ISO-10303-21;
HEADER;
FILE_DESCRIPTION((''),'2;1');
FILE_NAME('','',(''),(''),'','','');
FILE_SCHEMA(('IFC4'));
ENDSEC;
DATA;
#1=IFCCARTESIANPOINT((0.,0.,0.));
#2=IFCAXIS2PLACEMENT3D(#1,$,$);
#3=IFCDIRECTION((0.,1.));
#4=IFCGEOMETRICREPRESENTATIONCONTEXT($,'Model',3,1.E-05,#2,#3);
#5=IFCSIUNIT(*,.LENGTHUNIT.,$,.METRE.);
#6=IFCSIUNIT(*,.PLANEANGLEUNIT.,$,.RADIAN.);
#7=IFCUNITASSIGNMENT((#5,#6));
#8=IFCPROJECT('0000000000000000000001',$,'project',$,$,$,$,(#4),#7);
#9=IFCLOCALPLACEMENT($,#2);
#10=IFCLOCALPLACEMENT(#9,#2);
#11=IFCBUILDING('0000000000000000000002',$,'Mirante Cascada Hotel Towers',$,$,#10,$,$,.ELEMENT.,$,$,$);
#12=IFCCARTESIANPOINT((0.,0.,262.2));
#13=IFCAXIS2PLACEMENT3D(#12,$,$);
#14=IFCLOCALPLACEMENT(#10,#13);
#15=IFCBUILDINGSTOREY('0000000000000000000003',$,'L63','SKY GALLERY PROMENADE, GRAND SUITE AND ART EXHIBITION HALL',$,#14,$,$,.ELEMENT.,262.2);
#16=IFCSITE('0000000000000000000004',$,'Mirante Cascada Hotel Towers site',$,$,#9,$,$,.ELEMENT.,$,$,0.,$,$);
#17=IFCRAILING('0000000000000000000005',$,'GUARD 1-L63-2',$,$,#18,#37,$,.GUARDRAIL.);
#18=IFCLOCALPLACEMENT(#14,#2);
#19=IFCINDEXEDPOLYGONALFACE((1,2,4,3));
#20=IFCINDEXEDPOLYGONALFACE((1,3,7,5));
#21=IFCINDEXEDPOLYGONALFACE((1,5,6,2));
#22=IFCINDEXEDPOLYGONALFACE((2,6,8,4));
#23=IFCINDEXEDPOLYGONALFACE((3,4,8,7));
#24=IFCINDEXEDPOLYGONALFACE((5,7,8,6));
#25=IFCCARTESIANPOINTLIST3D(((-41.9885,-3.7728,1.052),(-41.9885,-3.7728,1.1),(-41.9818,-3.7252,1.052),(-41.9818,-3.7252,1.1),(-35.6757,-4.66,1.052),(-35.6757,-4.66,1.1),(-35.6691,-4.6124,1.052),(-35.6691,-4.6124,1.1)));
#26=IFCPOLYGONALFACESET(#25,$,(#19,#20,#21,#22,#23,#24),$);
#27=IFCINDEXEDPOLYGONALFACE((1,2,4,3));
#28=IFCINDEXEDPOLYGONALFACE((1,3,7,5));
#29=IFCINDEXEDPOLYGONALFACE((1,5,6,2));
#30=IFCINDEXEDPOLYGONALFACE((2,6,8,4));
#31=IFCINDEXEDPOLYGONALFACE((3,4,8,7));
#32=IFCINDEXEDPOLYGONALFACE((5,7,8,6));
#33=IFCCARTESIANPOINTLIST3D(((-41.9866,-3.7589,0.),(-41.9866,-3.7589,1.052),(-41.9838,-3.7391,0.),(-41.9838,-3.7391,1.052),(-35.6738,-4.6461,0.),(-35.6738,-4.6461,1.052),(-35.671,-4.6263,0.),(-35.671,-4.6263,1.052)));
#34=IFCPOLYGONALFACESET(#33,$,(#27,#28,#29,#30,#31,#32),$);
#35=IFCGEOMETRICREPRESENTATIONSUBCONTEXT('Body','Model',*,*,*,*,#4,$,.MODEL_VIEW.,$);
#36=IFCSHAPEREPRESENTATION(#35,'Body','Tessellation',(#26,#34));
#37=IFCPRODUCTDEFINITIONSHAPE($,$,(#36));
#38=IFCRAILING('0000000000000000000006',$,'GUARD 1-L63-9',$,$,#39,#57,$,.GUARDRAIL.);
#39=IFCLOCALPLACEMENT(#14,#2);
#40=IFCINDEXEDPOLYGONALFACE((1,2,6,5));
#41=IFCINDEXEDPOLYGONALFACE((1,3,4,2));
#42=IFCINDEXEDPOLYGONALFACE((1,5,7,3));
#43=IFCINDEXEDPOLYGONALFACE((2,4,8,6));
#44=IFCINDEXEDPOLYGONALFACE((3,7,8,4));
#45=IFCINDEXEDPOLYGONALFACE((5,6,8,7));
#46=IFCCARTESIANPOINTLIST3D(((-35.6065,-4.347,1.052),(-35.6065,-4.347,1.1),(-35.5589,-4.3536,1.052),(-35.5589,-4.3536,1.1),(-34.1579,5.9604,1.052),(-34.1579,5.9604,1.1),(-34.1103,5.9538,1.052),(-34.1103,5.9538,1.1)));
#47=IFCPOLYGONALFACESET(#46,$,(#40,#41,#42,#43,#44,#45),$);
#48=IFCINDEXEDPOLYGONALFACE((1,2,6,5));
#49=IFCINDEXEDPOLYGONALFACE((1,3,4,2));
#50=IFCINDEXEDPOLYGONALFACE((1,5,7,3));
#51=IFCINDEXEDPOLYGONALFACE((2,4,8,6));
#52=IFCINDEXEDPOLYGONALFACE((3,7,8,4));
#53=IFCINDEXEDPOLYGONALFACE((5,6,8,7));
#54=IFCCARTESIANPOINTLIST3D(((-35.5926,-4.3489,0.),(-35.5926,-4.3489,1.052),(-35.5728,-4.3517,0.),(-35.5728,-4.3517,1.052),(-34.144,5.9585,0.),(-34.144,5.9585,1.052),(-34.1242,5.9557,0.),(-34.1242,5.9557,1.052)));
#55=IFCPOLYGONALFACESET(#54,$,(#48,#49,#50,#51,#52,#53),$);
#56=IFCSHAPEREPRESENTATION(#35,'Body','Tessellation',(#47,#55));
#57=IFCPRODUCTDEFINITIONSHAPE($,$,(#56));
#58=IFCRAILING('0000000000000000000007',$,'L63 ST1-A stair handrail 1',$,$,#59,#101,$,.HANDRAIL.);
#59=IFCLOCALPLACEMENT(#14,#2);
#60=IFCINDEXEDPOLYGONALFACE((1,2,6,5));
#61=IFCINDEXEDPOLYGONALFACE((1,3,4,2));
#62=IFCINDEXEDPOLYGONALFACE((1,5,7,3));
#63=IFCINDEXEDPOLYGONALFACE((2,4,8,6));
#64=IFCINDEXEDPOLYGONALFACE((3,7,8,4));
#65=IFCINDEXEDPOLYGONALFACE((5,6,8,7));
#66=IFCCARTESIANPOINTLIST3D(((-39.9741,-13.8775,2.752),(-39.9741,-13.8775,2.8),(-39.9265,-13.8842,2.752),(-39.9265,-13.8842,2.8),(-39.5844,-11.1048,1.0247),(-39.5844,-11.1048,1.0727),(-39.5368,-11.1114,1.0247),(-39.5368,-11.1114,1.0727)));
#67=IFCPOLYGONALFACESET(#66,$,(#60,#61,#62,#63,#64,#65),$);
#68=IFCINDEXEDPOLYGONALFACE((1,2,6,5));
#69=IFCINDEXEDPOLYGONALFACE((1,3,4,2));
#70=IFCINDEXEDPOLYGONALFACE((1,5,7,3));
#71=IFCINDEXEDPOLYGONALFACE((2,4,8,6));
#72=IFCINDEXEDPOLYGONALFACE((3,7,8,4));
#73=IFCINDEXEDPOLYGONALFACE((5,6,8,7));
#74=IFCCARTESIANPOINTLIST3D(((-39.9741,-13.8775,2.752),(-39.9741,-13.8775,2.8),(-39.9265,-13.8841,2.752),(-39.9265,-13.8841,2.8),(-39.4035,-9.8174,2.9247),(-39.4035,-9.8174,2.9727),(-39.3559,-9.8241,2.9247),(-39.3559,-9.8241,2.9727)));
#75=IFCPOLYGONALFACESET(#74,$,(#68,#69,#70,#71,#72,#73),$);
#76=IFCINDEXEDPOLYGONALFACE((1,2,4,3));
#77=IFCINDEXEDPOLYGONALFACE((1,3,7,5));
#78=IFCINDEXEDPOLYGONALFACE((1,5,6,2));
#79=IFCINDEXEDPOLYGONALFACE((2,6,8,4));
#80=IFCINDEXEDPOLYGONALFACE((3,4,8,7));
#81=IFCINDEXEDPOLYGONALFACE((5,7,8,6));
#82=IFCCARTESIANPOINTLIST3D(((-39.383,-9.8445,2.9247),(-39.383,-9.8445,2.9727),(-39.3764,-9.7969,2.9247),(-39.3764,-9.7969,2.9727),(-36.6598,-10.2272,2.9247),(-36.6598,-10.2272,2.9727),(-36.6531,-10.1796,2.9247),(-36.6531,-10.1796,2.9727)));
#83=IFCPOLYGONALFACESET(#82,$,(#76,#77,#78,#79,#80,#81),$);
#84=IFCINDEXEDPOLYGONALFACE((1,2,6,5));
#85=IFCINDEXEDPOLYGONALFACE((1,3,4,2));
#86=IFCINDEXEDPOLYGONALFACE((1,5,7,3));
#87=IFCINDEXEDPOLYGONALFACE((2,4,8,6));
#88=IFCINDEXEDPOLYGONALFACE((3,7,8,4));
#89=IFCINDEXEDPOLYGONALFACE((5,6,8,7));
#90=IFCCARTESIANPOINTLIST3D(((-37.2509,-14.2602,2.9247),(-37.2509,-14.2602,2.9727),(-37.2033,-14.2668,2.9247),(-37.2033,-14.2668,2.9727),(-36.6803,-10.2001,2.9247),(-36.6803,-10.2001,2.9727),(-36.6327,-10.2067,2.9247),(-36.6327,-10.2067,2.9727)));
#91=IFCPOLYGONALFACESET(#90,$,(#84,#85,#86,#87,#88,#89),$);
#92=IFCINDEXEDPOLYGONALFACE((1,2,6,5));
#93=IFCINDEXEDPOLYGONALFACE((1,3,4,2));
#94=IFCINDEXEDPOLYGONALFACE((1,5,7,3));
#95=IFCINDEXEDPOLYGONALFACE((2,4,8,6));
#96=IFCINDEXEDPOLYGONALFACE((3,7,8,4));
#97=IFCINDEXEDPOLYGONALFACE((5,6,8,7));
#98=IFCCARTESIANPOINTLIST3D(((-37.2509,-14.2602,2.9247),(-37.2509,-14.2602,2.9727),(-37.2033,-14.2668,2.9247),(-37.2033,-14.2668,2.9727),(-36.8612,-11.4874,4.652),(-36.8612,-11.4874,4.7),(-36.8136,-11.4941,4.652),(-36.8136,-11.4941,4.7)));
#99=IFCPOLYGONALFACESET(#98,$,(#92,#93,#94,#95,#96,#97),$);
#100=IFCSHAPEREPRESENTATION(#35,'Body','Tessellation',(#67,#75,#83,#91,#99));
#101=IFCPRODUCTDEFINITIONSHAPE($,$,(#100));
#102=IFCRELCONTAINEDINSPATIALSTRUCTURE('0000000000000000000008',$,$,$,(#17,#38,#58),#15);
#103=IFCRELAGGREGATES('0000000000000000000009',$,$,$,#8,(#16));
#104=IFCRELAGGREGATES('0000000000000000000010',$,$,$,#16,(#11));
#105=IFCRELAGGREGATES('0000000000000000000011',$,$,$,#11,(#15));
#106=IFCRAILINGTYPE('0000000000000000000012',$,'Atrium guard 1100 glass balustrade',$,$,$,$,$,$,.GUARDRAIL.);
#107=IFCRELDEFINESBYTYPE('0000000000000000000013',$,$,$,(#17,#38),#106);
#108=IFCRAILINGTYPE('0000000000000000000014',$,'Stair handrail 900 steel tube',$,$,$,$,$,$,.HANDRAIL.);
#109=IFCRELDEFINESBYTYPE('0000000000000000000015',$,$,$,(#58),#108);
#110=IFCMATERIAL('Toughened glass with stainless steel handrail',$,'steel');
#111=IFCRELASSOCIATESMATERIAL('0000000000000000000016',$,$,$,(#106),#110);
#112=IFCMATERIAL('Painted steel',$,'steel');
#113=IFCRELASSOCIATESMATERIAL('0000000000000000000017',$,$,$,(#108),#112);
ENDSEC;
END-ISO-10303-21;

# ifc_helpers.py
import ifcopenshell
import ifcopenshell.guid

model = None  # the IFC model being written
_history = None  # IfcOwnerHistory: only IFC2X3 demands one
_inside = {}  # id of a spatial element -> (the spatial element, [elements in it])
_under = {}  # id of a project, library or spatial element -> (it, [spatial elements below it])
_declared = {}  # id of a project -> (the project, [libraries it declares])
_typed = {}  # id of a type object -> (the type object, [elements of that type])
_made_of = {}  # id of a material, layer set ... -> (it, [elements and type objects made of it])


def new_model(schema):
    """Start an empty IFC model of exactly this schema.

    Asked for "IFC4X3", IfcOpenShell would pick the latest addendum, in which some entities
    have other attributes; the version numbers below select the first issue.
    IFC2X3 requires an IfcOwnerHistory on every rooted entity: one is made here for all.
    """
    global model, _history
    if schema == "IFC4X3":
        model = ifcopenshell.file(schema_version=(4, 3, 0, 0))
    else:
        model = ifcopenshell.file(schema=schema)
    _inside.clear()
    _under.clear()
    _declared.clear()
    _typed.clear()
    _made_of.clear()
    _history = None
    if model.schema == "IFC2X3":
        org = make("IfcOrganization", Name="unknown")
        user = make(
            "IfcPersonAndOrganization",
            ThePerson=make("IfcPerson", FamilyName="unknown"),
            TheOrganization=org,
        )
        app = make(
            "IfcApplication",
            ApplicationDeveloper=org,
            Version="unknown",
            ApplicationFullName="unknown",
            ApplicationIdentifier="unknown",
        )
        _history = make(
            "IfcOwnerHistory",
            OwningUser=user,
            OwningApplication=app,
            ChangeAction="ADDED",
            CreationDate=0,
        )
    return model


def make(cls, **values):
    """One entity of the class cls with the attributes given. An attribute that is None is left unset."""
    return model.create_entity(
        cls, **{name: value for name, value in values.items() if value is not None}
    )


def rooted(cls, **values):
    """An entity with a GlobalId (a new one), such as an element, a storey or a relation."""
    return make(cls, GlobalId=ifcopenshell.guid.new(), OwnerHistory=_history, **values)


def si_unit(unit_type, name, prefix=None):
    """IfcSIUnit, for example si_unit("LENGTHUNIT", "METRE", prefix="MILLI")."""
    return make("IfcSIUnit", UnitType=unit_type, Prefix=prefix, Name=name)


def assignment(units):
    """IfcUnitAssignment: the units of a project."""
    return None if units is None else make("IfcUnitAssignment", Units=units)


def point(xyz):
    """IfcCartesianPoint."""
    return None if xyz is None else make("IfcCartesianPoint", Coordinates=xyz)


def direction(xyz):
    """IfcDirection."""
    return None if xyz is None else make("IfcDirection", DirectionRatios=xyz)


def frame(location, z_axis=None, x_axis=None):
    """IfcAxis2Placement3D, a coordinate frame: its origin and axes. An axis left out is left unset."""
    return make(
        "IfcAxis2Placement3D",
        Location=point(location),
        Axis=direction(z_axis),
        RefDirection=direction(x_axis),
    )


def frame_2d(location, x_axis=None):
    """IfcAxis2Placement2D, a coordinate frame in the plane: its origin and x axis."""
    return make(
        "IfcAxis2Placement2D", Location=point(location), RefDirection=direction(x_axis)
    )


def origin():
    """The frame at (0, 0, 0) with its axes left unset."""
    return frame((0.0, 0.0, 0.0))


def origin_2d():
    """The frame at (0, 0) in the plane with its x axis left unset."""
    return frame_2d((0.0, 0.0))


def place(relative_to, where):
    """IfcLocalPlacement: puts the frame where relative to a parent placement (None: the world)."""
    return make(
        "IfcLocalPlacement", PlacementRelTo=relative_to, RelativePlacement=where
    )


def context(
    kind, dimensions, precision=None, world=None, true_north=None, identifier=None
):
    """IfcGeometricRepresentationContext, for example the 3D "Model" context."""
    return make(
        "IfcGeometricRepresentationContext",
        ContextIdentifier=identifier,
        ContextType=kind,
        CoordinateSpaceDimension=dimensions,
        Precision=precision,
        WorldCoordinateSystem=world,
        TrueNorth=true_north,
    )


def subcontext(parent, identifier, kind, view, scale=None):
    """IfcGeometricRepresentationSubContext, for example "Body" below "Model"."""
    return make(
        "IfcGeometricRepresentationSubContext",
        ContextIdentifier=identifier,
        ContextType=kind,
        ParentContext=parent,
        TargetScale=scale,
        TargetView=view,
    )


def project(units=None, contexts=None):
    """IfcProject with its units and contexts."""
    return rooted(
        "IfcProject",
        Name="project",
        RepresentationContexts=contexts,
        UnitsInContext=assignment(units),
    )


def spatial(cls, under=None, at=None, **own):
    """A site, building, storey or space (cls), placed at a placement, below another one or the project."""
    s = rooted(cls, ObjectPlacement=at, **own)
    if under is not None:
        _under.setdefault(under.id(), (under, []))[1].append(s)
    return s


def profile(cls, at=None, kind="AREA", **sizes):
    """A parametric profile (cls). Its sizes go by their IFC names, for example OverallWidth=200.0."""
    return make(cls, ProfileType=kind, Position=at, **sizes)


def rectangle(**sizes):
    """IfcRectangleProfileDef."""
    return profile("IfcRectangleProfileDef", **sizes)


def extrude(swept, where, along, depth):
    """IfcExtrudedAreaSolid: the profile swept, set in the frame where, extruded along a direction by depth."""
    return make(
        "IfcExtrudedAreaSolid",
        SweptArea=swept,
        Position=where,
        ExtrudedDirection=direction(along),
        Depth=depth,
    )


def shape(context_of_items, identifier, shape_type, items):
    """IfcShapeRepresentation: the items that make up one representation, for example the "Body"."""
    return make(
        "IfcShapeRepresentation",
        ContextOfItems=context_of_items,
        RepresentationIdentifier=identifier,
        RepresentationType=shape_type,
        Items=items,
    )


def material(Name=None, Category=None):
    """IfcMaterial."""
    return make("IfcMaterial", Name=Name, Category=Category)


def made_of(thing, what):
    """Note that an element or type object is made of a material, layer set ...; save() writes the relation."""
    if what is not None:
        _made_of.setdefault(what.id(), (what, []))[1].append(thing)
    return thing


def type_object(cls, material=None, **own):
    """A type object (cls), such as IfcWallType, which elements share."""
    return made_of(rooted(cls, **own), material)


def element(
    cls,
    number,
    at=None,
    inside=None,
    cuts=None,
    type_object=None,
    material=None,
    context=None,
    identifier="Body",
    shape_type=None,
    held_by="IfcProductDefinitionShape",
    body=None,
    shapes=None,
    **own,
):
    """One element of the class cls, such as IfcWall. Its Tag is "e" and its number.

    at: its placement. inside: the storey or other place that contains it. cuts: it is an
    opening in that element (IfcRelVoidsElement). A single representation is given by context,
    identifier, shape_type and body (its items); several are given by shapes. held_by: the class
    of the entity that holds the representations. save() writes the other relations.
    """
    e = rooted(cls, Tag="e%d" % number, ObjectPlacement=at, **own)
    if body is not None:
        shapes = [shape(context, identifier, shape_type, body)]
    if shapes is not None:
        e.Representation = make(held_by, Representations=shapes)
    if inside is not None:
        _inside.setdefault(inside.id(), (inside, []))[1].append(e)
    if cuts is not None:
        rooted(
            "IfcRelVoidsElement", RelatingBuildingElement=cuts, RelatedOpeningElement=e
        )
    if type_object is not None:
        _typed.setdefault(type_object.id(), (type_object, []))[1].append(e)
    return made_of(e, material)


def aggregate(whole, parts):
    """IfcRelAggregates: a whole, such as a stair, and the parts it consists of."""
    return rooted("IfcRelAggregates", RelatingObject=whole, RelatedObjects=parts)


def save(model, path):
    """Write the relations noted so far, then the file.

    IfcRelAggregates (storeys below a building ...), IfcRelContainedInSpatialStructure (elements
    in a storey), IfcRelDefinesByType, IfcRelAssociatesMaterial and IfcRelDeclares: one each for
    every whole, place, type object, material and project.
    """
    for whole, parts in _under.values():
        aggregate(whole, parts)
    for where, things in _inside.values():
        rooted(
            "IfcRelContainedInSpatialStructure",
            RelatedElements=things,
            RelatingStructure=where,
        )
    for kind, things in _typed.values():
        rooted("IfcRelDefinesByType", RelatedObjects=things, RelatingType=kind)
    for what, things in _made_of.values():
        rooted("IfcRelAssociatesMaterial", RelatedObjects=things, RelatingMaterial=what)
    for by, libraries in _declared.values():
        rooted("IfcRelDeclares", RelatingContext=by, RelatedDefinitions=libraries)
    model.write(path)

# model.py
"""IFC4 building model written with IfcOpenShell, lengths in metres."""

from ifc_helpers import new_model, si_unit, direction, frame, origin, origin_2d, place, context, subcontext, project, spatial, rectangle, extrude, material, type_object, element, save


model = new_model("IFC4")

# Units and contexts
model_context = context("Model", 3, precision=1e-05, world=origin(), true_north=direction((0.0, 1.0)))
body_context = subcontext(model_context, "Body", "Model", "MODEL_VIEW")
ifc_project = project(units=[si_unit("LENGTHUNIT", "METRE"), si_unit("PLANEANGLEUNIT", "RADIAN")], contexts=[model_context])

# Site, building, storey
site_placement = place(None, origin())
site = spatial("IfcSite", under=ifc_project, at=site_placement, Name="Mirante Cascada Hotel Towers site", CompositionType="ELEMENT", RefElevation=0.0)
building_placement = place(site_placement, origin())
building = spatial("IfcBuilding", under=site, at=building_placement, Name="Mirante Cascada Hotel Towers", CompositionType="ELEMENT")
storey_placement = place(building_placement, frame((0.0, 0.0, 262.2)))
storey = spatial("IfcBuildingStorey", under=building, at=storey_placement, Name="L63", Description="SKY GALLERY PROMENADE, GRAND SUITE AND ART EXHIBITION HALL", CompositionType="ELEMENT", Elevation=262.2)

# Railings
ifc_material_1 = material(Name="Toughened glass with stainless steel handrail", Category="steel")
railing_type_1 = type_object("IfcRailingType", Name="Atrium guard 1100 glass balustrade", PredefinedType="GUARDRAIL", material=ifc_material_1)
railing_1_placement = place(storey_placement, frame((-35.6724, -4.6362, 0.0)))
element("IfcRailing", 1, at=railing_1_placement, inside=storey, type_object=railing_type_1, Name="GUARD 1-L63-2", PredefinedType="GUARDRAIL", context=body_context, shape_type="SweptSolid", body=[
    extrude(rectangle(XDim=0.048, YDim=0.048, at=origin_2d()), frame((0.0, 0.0, 1.076), z_axis=(-0.990268, 0.139172, 0.0), x_axis=(-0.139172, -0.990268, 0.0)), (0.0, 0.0, 1.0), 6.3748),
    extrude(rectangle(XDim=0.02, YDim=1.052, at=origin_2d()), frame((0.0, 0.0, 0.526), z_axis=(-0.990268, 0.139172, 0.0), x_axis=(-0.139172, -0.990268, 0.0)), (0.0, 0.0, 1.0), 6.3748),
])
railing_2_placement = place(storey_placement, frame((-35.5827, -4.3503, 0.0)))
element("IfcRailing", 2, at=railing_2_placement, inside=storey, type_object=railing_type_1, Name="GUARD 1-L63-9", PredefinedType="GUARDRAIL", context=body_context, shape_type="SweptSolid", body=[
    extrude(rectangle(XDim=0.048, YDim=0.048, at=origin_2d()), frame((0.0, 0.0, 1.076), z_axis=(0.139172, 0.990268, 0.0), x_axis=(-0.990268, 0.139172, 0.0)), (0.0, 0.0, 1.0), 10.4087),
    extrude(rectangle(XDim=0.02, YDim=1.052, at=origin_2d()), frame((0.0, 0.0, 0.526), z_axis=(0.139172, 0.990268, 0.0), x_axis=(-0.990268, 0.139172, 0.0)), (0.0, 0.0, 1.0), 10.4087),
])
ifc_material_2 = material(Name="Painted steel", Category="steel")
railing_type_2 = type_object("IfcRailingType", Name="Stair handrail 900 steel tube", PredefinedType="HANDRAIL", material=ifc_material_2)
railing_3_placement = place(storey_placement, frame((-39.5606, -11.1081, 0.1727)))
element("IfcRailing", 3, at=railing_3_placement, inside=storey, type_object=railing_type_2, Name="L63 ST1-A stair handrail 1", PredefinedType="HANDRAIL", context=body_context, shape_type="SweptSolid", body=[
    extrude(rectangle(XDim=0.048, YDim=0.048, at=origin_2d()), frame((0.0, 0.0, 0.876), z_axis=(-0.139181, -0.990267, 0.0), x_axis=(0.990267, -0.139181, 0.0)), (0.0, 0.525035, 0.851081), 3.2899),
    extrude(rectangle(XDim=0.048, YDim=0.048, at=origin_2d()), frame((-0.3897, -2.7727, 2.6033), z_axis=(0.139171, 0.990268, 0.0), x_axis=(-0.990268, 0.139171, 0.0)), (0.0, 0.042085, 0.999114), 4.1036),
    extrude(rectangle(XDim=0.048, YDim=0.048, at=origin_2d()), frame((0.1809, 1.2874, 2.776), z_axis=(0.990269, -0.139166, 0.0), x_axis=(0.139166, 0.990269, 0.0)), (0.0, 0.0, 1.0), 2.75),
    extrude(rectangle(XDim=0.048, YDim=0.048, at=origin_2d()), frame((2.9041, 0.9047, 2.776), z_axis=(-0.139171, -0.990268, 0.0), x_axis=(0.990268, -0.139171, 0.0)), (0.0, 0.0, 1.0), 4.1),
    extrude(rectangle(XDim=0.048, YDim=0.048, at=origin_2d()), frame((2.3335, -3.1554, 2.776), z_axis=(0.139181, 0.990267, 0.0), x_axis=(-0.990267, 0.139181, 0.0)), (0.0, 0.525035, 0.851081), 3.2899),
])

save(model, "model.ifc")
